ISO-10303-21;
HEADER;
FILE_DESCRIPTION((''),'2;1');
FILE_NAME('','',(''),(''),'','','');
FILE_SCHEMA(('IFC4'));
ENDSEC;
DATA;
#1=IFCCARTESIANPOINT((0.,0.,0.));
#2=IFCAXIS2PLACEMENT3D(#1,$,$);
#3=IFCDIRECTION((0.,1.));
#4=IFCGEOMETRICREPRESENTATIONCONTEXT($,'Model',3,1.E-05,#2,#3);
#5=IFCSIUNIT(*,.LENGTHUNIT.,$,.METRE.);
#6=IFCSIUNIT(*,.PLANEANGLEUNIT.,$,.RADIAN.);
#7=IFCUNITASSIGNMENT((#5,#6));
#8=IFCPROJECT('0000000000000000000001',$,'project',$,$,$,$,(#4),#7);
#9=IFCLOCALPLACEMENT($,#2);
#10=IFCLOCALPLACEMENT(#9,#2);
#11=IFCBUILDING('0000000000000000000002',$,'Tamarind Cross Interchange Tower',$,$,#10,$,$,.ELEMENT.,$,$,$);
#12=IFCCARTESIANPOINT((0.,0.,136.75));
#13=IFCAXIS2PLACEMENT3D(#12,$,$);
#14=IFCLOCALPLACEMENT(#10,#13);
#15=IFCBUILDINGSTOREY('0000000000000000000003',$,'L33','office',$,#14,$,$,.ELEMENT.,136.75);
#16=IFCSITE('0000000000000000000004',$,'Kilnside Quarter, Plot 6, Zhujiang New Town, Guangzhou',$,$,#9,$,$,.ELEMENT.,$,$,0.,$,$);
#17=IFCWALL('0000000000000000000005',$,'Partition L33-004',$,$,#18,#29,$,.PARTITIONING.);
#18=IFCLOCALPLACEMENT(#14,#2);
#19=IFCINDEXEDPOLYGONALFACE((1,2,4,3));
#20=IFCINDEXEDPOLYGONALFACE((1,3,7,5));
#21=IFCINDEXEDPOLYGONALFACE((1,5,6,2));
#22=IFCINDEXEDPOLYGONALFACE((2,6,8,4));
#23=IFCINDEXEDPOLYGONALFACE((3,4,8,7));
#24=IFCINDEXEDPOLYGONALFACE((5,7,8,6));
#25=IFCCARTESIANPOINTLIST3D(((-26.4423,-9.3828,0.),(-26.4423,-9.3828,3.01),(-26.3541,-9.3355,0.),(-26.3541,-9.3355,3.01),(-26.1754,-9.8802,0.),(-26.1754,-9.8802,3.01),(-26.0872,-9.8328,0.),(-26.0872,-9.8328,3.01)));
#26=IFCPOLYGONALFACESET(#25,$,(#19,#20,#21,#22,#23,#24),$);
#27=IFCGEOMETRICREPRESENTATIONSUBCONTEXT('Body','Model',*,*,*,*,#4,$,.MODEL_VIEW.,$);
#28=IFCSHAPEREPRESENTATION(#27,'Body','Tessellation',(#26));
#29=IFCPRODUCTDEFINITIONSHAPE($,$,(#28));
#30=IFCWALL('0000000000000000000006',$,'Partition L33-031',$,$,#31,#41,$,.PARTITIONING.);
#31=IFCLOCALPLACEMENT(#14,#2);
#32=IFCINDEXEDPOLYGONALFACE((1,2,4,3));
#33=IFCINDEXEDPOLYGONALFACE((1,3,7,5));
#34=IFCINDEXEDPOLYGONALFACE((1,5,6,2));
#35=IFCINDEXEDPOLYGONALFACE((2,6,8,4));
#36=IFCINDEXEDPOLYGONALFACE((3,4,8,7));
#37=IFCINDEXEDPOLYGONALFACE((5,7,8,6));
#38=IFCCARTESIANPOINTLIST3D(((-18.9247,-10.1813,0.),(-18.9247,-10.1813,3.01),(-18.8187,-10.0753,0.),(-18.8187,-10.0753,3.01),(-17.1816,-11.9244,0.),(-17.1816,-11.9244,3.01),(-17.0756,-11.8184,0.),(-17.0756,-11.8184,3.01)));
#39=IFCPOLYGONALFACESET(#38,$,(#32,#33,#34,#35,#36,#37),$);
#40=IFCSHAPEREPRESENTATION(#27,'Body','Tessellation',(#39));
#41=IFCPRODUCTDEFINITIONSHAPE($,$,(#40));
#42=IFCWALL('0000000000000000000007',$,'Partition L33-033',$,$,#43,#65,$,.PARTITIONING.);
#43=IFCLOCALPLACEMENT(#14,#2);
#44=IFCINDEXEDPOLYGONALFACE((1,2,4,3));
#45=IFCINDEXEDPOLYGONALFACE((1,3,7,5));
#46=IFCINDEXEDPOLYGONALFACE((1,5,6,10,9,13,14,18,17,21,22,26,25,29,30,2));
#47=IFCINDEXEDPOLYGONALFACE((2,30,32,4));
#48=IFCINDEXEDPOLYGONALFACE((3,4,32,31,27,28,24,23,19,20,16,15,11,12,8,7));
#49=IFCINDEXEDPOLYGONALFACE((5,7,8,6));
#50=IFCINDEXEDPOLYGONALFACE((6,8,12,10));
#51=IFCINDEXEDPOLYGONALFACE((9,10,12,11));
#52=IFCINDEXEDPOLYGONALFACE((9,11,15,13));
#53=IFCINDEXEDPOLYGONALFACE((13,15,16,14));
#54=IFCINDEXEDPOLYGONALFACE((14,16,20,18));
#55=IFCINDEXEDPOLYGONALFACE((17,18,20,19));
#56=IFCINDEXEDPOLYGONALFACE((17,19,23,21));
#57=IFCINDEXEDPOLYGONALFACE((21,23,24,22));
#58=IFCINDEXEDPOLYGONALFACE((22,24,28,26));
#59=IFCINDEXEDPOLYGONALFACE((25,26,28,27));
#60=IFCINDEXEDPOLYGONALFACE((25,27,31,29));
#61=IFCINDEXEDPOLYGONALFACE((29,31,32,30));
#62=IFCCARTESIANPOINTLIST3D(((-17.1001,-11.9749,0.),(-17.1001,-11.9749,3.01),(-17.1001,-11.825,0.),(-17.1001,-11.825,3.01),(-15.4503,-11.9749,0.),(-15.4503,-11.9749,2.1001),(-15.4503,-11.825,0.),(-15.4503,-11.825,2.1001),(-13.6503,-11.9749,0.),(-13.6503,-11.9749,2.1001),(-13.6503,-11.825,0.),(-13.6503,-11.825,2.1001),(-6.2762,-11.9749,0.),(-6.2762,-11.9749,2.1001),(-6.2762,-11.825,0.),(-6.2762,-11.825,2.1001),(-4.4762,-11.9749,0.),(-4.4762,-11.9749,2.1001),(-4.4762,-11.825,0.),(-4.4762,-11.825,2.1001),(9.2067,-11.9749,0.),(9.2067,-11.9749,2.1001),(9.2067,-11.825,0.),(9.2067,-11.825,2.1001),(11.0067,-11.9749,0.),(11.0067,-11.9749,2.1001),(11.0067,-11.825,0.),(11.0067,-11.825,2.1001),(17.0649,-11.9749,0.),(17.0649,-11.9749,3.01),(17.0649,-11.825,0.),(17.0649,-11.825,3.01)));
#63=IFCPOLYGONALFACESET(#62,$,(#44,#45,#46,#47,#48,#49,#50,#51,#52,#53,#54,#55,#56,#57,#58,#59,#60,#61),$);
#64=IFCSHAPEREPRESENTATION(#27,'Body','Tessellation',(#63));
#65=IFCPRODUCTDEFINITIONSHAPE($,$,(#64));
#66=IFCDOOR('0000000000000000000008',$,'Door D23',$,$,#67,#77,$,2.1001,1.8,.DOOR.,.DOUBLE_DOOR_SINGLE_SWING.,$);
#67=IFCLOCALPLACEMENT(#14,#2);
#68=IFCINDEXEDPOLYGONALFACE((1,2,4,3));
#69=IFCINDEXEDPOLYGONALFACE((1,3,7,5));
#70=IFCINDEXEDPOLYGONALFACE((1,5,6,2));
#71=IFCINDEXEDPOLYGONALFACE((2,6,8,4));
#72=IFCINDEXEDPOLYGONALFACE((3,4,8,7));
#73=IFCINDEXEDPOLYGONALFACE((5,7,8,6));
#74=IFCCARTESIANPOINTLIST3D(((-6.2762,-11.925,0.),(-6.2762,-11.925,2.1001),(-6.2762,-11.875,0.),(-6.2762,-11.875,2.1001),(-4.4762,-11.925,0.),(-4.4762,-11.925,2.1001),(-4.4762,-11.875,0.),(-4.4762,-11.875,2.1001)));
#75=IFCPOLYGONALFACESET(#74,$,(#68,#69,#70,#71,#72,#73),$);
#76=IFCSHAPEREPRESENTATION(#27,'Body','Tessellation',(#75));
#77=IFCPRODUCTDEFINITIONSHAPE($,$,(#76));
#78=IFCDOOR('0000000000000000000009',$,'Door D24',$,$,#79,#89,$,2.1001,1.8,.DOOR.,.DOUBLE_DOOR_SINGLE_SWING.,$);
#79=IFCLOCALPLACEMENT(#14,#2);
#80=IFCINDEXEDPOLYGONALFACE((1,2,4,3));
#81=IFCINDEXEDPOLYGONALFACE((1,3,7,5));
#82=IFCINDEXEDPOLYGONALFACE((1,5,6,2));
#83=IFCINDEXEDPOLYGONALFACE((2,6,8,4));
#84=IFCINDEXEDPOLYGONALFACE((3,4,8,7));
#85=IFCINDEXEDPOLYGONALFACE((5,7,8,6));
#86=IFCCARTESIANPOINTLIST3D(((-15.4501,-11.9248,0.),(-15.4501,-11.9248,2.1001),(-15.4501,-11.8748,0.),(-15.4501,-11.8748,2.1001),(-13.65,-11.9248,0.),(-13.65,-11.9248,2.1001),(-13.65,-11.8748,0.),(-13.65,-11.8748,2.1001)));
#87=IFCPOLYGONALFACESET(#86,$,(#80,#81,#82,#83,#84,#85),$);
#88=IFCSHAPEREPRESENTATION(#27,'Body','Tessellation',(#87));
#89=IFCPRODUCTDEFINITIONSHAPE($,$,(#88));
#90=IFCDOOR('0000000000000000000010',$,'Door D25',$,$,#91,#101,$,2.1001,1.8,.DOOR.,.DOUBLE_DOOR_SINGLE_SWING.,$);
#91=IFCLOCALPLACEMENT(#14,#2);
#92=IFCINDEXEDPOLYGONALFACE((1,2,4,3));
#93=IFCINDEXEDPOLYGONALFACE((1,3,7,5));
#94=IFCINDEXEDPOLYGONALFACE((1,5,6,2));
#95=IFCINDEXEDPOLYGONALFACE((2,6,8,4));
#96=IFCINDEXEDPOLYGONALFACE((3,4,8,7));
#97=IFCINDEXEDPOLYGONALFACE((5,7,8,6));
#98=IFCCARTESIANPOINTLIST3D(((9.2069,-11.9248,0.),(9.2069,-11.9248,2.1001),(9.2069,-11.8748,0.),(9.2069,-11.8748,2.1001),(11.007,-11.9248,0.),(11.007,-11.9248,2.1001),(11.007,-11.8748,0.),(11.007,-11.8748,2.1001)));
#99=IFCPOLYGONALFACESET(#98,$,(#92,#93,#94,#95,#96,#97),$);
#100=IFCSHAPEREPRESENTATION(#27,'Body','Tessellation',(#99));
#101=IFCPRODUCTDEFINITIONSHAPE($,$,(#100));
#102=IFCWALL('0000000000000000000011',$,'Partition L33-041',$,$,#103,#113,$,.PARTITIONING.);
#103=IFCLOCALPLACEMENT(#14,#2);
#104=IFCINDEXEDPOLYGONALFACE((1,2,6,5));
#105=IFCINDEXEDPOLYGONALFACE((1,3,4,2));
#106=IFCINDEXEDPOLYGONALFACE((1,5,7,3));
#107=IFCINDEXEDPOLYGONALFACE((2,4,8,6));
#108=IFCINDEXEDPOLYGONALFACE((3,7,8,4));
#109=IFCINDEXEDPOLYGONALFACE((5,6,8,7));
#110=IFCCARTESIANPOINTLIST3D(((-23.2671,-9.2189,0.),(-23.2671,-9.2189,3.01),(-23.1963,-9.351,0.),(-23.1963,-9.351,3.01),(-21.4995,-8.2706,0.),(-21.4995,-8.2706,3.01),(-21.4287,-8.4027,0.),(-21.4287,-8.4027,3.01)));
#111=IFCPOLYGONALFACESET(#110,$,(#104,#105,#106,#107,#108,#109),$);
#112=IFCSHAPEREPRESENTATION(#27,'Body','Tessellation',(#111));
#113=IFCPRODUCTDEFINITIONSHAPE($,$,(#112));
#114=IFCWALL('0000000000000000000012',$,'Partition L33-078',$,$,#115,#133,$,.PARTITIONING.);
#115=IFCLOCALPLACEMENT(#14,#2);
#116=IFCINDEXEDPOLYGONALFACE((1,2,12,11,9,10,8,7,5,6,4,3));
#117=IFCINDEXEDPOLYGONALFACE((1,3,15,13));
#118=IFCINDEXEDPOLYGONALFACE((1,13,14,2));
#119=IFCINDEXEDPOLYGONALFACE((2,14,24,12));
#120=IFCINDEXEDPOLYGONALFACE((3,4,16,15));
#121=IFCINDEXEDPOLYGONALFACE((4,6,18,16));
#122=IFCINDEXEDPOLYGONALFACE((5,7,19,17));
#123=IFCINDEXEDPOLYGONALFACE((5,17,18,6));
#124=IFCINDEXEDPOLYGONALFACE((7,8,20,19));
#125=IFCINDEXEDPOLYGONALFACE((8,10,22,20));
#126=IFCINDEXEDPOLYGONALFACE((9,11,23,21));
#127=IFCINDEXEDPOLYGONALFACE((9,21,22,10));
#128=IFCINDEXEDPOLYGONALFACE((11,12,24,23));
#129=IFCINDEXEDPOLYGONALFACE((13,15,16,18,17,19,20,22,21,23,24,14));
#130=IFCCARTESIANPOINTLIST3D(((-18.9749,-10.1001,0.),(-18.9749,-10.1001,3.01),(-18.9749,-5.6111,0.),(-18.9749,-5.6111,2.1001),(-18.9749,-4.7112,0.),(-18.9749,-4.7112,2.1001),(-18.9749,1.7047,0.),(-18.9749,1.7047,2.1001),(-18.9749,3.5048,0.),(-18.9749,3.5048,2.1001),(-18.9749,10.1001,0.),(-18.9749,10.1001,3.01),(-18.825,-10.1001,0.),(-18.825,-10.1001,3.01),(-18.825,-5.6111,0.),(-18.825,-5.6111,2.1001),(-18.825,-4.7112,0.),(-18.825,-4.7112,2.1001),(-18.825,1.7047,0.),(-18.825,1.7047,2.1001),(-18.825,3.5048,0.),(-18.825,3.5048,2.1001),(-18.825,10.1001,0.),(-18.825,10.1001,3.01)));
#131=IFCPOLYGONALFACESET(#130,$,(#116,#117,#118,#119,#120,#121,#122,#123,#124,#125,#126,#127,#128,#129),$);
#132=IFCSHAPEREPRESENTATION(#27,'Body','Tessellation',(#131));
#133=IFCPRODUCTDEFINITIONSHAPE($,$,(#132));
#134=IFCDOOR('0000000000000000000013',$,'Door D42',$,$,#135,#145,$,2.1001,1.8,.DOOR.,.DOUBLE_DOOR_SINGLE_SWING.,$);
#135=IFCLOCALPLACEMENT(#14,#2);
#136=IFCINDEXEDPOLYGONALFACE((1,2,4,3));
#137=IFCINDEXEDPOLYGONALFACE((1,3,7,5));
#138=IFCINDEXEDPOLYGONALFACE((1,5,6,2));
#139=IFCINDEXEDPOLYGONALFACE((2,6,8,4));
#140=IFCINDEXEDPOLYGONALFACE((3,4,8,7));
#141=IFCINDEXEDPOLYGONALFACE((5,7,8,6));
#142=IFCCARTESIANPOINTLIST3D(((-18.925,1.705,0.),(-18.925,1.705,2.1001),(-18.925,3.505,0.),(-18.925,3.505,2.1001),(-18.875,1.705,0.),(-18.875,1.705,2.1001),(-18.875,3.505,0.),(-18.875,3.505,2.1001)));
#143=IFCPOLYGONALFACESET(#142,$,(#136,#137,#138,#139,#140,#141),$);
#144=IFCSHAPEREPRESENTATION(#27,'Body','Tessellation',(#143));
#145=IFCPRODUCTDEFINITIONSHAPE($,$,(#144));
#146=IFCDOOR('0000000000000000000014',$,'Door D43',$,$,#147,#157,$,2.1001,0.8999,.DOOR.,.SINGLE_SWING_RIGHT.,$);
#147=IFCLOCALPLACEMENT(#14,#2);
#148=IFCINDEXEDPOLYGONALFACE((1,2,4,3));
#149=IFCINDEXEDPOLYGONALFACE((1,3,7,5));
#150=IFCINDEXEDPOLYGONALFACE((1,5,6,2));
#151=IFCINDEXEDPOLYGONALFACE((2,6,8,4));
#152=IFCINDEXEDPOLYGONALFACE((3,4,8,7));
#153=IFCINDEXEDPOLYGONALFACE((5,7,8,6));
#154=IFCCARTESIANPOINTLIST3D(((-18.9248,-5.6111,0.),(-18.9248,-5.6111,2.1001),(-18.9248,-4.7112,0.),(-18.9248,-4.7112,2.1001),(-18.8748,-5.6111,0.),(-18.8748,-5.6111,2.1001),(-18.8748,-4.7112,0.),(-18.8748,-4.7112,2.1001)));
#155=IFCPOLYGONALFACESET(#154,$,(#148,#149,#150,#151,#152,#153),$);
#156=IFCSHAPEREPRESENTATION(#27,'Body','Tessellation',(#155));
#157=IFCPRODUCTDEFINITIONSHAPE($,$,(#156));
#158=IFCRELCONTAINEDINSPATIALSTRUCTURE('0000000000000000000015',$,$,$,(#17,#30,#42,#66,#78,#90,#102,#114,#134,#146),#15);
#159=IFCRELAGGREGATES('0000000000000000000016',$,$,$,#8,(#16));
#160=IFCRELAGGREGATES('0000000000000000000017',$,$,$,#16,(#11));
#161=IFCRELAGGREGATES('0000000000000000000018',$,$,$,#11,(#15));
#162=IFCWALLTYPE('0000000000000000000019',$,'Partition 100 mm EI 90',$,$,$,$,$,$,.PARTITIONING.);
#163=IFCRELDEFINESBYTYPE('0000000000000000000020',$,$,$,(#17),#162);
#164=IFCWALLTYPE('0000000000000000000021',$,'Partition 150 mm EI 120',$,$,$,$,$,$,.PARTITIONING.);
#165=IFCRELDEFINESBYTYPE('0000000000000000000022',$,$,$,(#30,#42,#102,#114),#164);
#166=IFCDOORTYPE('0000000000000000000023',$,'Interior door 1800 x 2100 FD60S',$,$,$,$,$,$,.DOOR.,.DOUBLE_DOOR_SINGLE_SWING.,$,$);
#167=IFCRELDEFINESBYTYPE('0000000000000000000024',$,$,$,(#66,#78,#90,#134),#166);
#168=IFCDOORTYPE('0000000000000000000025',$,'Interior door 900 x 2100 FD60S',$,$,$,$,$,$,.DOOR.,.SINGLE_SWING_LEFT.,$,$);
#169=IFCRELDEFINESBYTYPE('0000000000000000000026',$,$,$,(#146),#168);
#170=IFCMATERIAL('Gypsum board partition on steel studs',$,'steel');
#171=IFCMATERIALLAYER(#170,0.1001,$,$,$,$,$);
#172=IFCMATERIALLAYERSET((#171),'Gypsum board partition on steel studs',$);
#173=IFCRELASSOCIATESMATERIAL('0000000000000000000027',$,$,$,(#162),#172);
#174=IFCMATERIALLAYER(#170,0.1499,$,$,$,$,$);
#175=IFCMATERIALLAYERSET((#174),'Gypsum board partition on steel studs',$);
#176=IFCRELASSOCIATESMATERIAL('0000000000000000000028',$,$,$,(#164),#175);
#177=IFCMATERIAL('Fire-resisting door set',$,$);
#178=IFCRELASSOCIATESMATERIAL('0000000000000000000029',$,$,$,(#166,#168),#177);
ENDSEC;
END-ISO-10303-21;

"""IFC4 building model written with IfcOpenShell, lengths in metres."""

from ifc_helpers import new_model, si_unit, direction, frame, frame_2d, origin, place, context, subcontext, project, spatial, rectangle, extrude, material, layer, layer_set, type_object, element, fill, save


model = new_model("IFC4")

# Units and contexts
model_context = context("Model", 3, precision=1e-05, world=origin(), true_north=direction((0.0, 1.0)))
body_context = subcontext(model_context, "Body", "Model", "MODEL_VIEW")
ifc_project = project(units=[si_unit("LENGTHUNIT", "METRE"), si_unit("PLANEANGLEUNIT", "RADIAN")], contexts=[model_context])

# Site, building, storey
site_placement = place(None, origin())
site = spatial("IfcSite", under=ifc_project, at=site_placement, Name="Kilnside Quarter, Plot 6, Zhujiang New Town, Guangzhou", CompositionType="ELEMENT", RefElevation=0.0)
building_placement = place(site_placement, origin())
building = spatial("IfcBuilding", under=site, at=building_placement, Name="Tamarind Cross Interchange Tower", CompositionType="ELEMENT")
storey_placement = place(building_placement, frame((0.0, 0.0, 136.75)))
storey = spatial("IfcBuildingStorey", under=building, at=storey_placement, Name="L33", Description="office", CompositionType="ELEMENT", Elevation=136.75)

# Walls
ifc_material_1 = material(Name="Gypsum board partition on steel studs", Category="steel")
ifc_layer_1 = layer(ifc_material_1, 0.1001)
ifc_layer_set_1 = layer_set([ifc_layer_1], Name="Gypsum board partition on steel studs")
wall_type_1 = type_object("IfcWallType", Name="Partition 100 mm EI 90", PredefinedType="PARTITIONING", material=ifc_layer_set_1)
wall_1_placement = place(storey_placement, frame((-26.3982, -9.3591, 0.0), z_axis=(0.0, 0.0, 1.0), x_axis=(0.47281, -0.881165, 0.0)))
element("IfcWall", 1, at=wall_1_placement, inside=storey, type_object=wall_type_1, Name="Partition L33-004", PredefinedType="PARTITIONING", context=body_context, shape_type="SweptSolid", body=[
    extrude(rectangle(XDim=0.5645, YDim=0.1001, at=frame_2d((0.2822, 0.0))), origin(), (0.0, 0.0, 1.0), 3.01),
])
ifc_layer_2 = layer(ifc_material_1, 0.1499)
ifc_layer_set_2 = layer_set([ifc_layer_2], Name="Gypsum board partition on steel studs")
wall_type_2 = type_object("IfcWallType", Name="Partition 150 mm EI 120", PredefinedType="PARTITIONING", material=ifc_layer_set_2)
wall_2_placement = place(storey_placement, frame((-18.8716, -10.1284, 0.0), z_axis=(0.0, 0.0, 1.0), x_axis=(0.707107, -0.707107, 0.0)))
element("IfcWall", 2, at=wall_2_placement, inside=storey, type_object=wall_type_2, Name="Partition L33-031", PredefinedType="PARTITIONING", context=body_context, shape_type="SweptSolid", body=[
    extrude(rectangle(XDim=2.4651, YDim=0.1499, at=frame_2d((1.2324, 0.0))), origin(), (0.0, 0.0, 1.0), 3.01),
])

# Wall, openings, doors
wall_3_placement = place(storey_placement, frame((-17.1001, -11.8999, 0.0), z_axis=(0.0, 0.0, 1.0), x_axis=(1.0, 0.0, 0.0)))
wall_3 = element("IfcWall", 3, at=wall_3_placement, inside=storey, type_object=wall_type_2, Name="Partition L33-033", PredefinedType="PARTITIONING", context=body_context, shape_type="SweptSolid", body=[
    extrude(rectangle(XDim=34.165, YDim=0.1499, at=frame_2d((17.0825, 0.0))), origin(), (0.0, 0.0, 1.0), 3.01),
])
opening_1_placement = place(wall_3_placement, frame((10.824, 0.0, 0.0)))
opening_1 = element("IfcOpeningElement", 4, at=opening_1_placement, cuts=wall_3, PredefinedType="OPENING", context=body_context, shape_type="SweptSolid", body=[
    extrude(rectangle(XDim=1.8, YDim=2.1001, at=frame_2d((0.8999, 1.05))), frame((0.0, 0.085, 0.0), z_axis=(0.0, -1.0, 0.0), x_axis=(1.0, 0.0, 0.0)), (0.0, 0.0, 1.0), 0.1699),
])
opening_2_placement = place(wall_3_placement, frame((1.6499, 0.0, 0.0)))
opening_2 = element("IfcOpeningElement", 5, at=opening_2_placement, cuts=wall_3, PredefinedType="OPENING", context=body_context, shape_type="SweptSolid", body=[
    extrude(rectangle(XDim=1.8, YDim=2.1001, at=frame_2d((0.8999, 1.05))), frame((0.0, 0.085, 0.0), z_axis=(0.0, -1.0, 0.0), x_axis=(1.0, 0.0, 0.0)), (0.0, 0.0, 1.0), 0.1699),
])
opening_3_placement = place(wall_3_placement, frame((26.3069, 0.0, 0.0)))
opening_3 = element("IfcOpeningElement", 6, at=opening_3_placement, cuts=wall_3, PredefinedType="OPENING", context=body_context, shape_type="SweptSolid", body=[
    extrude(rectangle(XDim=1.8, YDim=2.1001, at=frame_2d((0.8999, 1.05))), frame((0.0, 0.085, 0.0), z_axis=(0.0, -1.0, 0.0), x_axis=(1.0, 0.0, 0.0)), (0.0, 0.0, 1.0), 0.1699),
])
ifc_material_2 = material(Name="Fire-resisting door set")
door_type_1 = type_object("IfcDoorType", Name="Interior door 1800 x 2100 FD60S", OperationType="DOUBLE_DOOR_SINGLE_SWING", PredefinedType="DOOR", material=ifc_material_2)
door_1_placement = place(opening_1_placement, origin())
door_1 = element("IfcDoor", 7, at=door_1_placement, inside=storey, type_object=door_type_1, Name="Door D23", OperationType="DOUBLE_DOOR_SINGLE_SWING", OverallHeight=2.1001, OverallWidth=1.8, PredefinedType="DOOR", context=body_context, shape_type="SweptSolid", body=[
    extrude(rectangle(XDim=1.8, YDim=2.1001, at=frame_2d((0.8999, 1.05))), frame((0.0, 0.0249, 0.0), z_axis=(0.0, -1.0, 0.0), x_axis=(1.0, 0.0, 0.0)), (0.0, 0.0, 1.0), 0.05),
])
fill(opening_1, door_1)
door_2_placement = place(opening_2_placement, frame((1.8, 0.0, 0.0), z_axis=(0.0, 0.0, 1.0), x_axis=(-1.0, 0.0, 0.0)))
door_2 = element("IfcDoor", 8, at=door_2_placement, inside=storey, type_object=door_type_1, Name="Door D24", OperationType="DOUBLE_DOOR_SINGLE_SWING", OverallHeight=2.1001, OverallWidth=1.8, PredefinedType="DOOR", context=body_context, shape_type="SweptSolid", body=[
    extrude(rectangle(XDim=1.8, YDim=2.1001, at=frame_2d((0.8999, 1.05))), frame((0.0, 0.0249, 0.0), z_axis=(0.0, -1.0, 0.0), x_axis=(1.0, 0.0, 0.0)), (0.0, 0.0, 1.0), 0.05),
])
fill(opening_2, door_2)
door_3_placement = place(opening_3_placement, frame((1.8, 0.0, 0.0), z_axis=(0.0, 0.0, 1.0), x_axis=(-1.0, 0.0, 0.0)))
door_3 = element("IfcDoor", 9, at=door_3_placement, inside=storey, type_object=door_type_1, Name="Door D25", OperationType="DOUBLE_DOOR_SINGLE_SWING", OverallHeight=2.1001, OverallWidth=1.8, PredefinedType="DOOR", context=body_context, shape_type="SweptSolid", body=[
    extrude(rectangle(XDim=1.8, YDim=2.1001, at=frame_2d((0.8999, 1.05))), frame((0.0, 0.0249, 0.0), z_axis=(0.0, -1.0, 0.0), x_axis=(1.0, 0.0, 0.0)), (0.0, 0.0, 1.0), 0.05),
])
fill(opening_3, door_3)

# Wall
wall_4_placement = place(storey_placement, frame((-23.2317, -9.2849, 0.0), z_axis=(0.0, 0.0, 1.0), x_axis=(0.881205, 0.472735, 0.0)))
element("IfcWall", 10, at=wall_4_placement, inside=storey, type_object=wall_type_2, Name="Partition L33-041", PredefinedType="PARTITIONING", context=body_context, shape_type="SweptSolid", body=[
    extrude(rectangle(XDim=2.0059, YDim=0.1499, at=frame_2d((1.0029, 0.0))), origin(), (0.0, 0.0, 1.0), 3.01),
])

# Wall, openings, doors
wall_5_placement = place(storey_placement, frame((-18.8999, -10.1001, 0.0), z_axis=(0.0, 0.0, 1.0), x_axis=(0.0, 1.0, 0.0)))
wall_5 = element("IfcWall", 11, at=wall_5_placement, inside=storey, type_object=wall_type_2, Name="Partition L33-078", PredefinedType="PARTITIONING", context=body_context, shape_type="SweptSolid", body=[
    extrude(rectangle(XDim=20.2002, YDim=0.1499, at=frame_2d((10.1001, 0.0))), origin(), (0.0, 0.0, 1.0), 3.01),
])
opening_4_placement = place(wall_5_placement, frame((11.8049, 0.0, 0.0)))
opening_4 = element("IfcOpeningElement", 12, at=opening_4_placement, cuts=wall_5, PredefinedType="OPENING", context=body_context, shape_type="SweptSolid", body=[
    extrude(rectangle(XDim=1.8, YDim=2.1001, at=frame_2d((0.8999, 1.05))), frame((0.0, 0.085, 0.0), z_axis=(0.0, -1.0, 0.0), x_axis=(1.0, 0.0, 0.0)), (0.0, 0.0, 1.0), 0.1699),
])
opening_5_placement = place(wall_5_placement, frame((4.489, 0.0, 0.0)))
opening_5 = element("IfcOpeningElement", 13, at=opening_5_placement, cuts=wall_5, PredefinedType="OPENING", context=body_context, shape_type="SweptSolid", body=[
    extrude(rectangle(XDim=0.8999, YDim=2.1001, at=frame_2d((0.45, 1.05))), frame((0.0, 0.085, 0.0), z_axis=(0.0, -1.0, 0.0), x_axis=(1.0, 0.0, 0.0)), (0.0, 0.0, 1.0), 0.1699),
])
door_4_placement = place(opening_4_placement, frame((1.8, 0.0, 0.0), z_axis=(0.0, 0.0, 1.0), x_axis=(-1.0, 0.0, 0.0)))
door_4 = element("IfcDoor", 14, at=door_4_placement, inside=storey, type_object=door_type_1, Name="Door D42", OperationType="DOUBLE_DOOR_SINGLE_SWING", OverallHeight=2.1001, OverallWidth=1.8, PredefinedType="DOOR", context=body_context, shape_type="SweptSolid", body=[
    extrude(rectangle(XDim=1.8, YDim=2.1001, at=frame_2d((0.8999, 1.05))), frame((0.0, 0.0249, 0.0), z_axis=(0.0, -1.0, 0.0), x_axis=(1.0, 0.0, 0.0)), (0.0, 0.0, 1.0), 0.05),
])
fill(opening_4, door_4)
door_type_2 = type_object("IfcDoorType", Name="Interior door 900 x 2100 FD60S", OperationType="SINGLE_SWING_LEFT", PredefinedType="DOOR", material=ifc_material_2)
door_5_placement = place(opening_5_placement, origin())
door_5 = element("IfcDoor", 15, at=door_5_placement, inside=storey, type_object=door_type_2, Name="Door D43", OperationType="SINGLE_SWING_RIGHT", OverallHeight=2.1001, OverallWidth=0.8999, PredefinedType="DOOR", context=body_context, shape_type="SweptSolid", body=[
    extrude(rectangle(XDim=0.8999, YDim=2.1001, at=frame_2d((0.45, 1.05))), frame((0.0, 0.0249, 0.0), z_axis=(0.0, -1.0, 0.0), x_axis=(1.0, 0.0, 0.0)), (0.0, 0.0, 1.0), 0.05),
])
fill(opening_5, door_5)

save(model, "model.ifc")
